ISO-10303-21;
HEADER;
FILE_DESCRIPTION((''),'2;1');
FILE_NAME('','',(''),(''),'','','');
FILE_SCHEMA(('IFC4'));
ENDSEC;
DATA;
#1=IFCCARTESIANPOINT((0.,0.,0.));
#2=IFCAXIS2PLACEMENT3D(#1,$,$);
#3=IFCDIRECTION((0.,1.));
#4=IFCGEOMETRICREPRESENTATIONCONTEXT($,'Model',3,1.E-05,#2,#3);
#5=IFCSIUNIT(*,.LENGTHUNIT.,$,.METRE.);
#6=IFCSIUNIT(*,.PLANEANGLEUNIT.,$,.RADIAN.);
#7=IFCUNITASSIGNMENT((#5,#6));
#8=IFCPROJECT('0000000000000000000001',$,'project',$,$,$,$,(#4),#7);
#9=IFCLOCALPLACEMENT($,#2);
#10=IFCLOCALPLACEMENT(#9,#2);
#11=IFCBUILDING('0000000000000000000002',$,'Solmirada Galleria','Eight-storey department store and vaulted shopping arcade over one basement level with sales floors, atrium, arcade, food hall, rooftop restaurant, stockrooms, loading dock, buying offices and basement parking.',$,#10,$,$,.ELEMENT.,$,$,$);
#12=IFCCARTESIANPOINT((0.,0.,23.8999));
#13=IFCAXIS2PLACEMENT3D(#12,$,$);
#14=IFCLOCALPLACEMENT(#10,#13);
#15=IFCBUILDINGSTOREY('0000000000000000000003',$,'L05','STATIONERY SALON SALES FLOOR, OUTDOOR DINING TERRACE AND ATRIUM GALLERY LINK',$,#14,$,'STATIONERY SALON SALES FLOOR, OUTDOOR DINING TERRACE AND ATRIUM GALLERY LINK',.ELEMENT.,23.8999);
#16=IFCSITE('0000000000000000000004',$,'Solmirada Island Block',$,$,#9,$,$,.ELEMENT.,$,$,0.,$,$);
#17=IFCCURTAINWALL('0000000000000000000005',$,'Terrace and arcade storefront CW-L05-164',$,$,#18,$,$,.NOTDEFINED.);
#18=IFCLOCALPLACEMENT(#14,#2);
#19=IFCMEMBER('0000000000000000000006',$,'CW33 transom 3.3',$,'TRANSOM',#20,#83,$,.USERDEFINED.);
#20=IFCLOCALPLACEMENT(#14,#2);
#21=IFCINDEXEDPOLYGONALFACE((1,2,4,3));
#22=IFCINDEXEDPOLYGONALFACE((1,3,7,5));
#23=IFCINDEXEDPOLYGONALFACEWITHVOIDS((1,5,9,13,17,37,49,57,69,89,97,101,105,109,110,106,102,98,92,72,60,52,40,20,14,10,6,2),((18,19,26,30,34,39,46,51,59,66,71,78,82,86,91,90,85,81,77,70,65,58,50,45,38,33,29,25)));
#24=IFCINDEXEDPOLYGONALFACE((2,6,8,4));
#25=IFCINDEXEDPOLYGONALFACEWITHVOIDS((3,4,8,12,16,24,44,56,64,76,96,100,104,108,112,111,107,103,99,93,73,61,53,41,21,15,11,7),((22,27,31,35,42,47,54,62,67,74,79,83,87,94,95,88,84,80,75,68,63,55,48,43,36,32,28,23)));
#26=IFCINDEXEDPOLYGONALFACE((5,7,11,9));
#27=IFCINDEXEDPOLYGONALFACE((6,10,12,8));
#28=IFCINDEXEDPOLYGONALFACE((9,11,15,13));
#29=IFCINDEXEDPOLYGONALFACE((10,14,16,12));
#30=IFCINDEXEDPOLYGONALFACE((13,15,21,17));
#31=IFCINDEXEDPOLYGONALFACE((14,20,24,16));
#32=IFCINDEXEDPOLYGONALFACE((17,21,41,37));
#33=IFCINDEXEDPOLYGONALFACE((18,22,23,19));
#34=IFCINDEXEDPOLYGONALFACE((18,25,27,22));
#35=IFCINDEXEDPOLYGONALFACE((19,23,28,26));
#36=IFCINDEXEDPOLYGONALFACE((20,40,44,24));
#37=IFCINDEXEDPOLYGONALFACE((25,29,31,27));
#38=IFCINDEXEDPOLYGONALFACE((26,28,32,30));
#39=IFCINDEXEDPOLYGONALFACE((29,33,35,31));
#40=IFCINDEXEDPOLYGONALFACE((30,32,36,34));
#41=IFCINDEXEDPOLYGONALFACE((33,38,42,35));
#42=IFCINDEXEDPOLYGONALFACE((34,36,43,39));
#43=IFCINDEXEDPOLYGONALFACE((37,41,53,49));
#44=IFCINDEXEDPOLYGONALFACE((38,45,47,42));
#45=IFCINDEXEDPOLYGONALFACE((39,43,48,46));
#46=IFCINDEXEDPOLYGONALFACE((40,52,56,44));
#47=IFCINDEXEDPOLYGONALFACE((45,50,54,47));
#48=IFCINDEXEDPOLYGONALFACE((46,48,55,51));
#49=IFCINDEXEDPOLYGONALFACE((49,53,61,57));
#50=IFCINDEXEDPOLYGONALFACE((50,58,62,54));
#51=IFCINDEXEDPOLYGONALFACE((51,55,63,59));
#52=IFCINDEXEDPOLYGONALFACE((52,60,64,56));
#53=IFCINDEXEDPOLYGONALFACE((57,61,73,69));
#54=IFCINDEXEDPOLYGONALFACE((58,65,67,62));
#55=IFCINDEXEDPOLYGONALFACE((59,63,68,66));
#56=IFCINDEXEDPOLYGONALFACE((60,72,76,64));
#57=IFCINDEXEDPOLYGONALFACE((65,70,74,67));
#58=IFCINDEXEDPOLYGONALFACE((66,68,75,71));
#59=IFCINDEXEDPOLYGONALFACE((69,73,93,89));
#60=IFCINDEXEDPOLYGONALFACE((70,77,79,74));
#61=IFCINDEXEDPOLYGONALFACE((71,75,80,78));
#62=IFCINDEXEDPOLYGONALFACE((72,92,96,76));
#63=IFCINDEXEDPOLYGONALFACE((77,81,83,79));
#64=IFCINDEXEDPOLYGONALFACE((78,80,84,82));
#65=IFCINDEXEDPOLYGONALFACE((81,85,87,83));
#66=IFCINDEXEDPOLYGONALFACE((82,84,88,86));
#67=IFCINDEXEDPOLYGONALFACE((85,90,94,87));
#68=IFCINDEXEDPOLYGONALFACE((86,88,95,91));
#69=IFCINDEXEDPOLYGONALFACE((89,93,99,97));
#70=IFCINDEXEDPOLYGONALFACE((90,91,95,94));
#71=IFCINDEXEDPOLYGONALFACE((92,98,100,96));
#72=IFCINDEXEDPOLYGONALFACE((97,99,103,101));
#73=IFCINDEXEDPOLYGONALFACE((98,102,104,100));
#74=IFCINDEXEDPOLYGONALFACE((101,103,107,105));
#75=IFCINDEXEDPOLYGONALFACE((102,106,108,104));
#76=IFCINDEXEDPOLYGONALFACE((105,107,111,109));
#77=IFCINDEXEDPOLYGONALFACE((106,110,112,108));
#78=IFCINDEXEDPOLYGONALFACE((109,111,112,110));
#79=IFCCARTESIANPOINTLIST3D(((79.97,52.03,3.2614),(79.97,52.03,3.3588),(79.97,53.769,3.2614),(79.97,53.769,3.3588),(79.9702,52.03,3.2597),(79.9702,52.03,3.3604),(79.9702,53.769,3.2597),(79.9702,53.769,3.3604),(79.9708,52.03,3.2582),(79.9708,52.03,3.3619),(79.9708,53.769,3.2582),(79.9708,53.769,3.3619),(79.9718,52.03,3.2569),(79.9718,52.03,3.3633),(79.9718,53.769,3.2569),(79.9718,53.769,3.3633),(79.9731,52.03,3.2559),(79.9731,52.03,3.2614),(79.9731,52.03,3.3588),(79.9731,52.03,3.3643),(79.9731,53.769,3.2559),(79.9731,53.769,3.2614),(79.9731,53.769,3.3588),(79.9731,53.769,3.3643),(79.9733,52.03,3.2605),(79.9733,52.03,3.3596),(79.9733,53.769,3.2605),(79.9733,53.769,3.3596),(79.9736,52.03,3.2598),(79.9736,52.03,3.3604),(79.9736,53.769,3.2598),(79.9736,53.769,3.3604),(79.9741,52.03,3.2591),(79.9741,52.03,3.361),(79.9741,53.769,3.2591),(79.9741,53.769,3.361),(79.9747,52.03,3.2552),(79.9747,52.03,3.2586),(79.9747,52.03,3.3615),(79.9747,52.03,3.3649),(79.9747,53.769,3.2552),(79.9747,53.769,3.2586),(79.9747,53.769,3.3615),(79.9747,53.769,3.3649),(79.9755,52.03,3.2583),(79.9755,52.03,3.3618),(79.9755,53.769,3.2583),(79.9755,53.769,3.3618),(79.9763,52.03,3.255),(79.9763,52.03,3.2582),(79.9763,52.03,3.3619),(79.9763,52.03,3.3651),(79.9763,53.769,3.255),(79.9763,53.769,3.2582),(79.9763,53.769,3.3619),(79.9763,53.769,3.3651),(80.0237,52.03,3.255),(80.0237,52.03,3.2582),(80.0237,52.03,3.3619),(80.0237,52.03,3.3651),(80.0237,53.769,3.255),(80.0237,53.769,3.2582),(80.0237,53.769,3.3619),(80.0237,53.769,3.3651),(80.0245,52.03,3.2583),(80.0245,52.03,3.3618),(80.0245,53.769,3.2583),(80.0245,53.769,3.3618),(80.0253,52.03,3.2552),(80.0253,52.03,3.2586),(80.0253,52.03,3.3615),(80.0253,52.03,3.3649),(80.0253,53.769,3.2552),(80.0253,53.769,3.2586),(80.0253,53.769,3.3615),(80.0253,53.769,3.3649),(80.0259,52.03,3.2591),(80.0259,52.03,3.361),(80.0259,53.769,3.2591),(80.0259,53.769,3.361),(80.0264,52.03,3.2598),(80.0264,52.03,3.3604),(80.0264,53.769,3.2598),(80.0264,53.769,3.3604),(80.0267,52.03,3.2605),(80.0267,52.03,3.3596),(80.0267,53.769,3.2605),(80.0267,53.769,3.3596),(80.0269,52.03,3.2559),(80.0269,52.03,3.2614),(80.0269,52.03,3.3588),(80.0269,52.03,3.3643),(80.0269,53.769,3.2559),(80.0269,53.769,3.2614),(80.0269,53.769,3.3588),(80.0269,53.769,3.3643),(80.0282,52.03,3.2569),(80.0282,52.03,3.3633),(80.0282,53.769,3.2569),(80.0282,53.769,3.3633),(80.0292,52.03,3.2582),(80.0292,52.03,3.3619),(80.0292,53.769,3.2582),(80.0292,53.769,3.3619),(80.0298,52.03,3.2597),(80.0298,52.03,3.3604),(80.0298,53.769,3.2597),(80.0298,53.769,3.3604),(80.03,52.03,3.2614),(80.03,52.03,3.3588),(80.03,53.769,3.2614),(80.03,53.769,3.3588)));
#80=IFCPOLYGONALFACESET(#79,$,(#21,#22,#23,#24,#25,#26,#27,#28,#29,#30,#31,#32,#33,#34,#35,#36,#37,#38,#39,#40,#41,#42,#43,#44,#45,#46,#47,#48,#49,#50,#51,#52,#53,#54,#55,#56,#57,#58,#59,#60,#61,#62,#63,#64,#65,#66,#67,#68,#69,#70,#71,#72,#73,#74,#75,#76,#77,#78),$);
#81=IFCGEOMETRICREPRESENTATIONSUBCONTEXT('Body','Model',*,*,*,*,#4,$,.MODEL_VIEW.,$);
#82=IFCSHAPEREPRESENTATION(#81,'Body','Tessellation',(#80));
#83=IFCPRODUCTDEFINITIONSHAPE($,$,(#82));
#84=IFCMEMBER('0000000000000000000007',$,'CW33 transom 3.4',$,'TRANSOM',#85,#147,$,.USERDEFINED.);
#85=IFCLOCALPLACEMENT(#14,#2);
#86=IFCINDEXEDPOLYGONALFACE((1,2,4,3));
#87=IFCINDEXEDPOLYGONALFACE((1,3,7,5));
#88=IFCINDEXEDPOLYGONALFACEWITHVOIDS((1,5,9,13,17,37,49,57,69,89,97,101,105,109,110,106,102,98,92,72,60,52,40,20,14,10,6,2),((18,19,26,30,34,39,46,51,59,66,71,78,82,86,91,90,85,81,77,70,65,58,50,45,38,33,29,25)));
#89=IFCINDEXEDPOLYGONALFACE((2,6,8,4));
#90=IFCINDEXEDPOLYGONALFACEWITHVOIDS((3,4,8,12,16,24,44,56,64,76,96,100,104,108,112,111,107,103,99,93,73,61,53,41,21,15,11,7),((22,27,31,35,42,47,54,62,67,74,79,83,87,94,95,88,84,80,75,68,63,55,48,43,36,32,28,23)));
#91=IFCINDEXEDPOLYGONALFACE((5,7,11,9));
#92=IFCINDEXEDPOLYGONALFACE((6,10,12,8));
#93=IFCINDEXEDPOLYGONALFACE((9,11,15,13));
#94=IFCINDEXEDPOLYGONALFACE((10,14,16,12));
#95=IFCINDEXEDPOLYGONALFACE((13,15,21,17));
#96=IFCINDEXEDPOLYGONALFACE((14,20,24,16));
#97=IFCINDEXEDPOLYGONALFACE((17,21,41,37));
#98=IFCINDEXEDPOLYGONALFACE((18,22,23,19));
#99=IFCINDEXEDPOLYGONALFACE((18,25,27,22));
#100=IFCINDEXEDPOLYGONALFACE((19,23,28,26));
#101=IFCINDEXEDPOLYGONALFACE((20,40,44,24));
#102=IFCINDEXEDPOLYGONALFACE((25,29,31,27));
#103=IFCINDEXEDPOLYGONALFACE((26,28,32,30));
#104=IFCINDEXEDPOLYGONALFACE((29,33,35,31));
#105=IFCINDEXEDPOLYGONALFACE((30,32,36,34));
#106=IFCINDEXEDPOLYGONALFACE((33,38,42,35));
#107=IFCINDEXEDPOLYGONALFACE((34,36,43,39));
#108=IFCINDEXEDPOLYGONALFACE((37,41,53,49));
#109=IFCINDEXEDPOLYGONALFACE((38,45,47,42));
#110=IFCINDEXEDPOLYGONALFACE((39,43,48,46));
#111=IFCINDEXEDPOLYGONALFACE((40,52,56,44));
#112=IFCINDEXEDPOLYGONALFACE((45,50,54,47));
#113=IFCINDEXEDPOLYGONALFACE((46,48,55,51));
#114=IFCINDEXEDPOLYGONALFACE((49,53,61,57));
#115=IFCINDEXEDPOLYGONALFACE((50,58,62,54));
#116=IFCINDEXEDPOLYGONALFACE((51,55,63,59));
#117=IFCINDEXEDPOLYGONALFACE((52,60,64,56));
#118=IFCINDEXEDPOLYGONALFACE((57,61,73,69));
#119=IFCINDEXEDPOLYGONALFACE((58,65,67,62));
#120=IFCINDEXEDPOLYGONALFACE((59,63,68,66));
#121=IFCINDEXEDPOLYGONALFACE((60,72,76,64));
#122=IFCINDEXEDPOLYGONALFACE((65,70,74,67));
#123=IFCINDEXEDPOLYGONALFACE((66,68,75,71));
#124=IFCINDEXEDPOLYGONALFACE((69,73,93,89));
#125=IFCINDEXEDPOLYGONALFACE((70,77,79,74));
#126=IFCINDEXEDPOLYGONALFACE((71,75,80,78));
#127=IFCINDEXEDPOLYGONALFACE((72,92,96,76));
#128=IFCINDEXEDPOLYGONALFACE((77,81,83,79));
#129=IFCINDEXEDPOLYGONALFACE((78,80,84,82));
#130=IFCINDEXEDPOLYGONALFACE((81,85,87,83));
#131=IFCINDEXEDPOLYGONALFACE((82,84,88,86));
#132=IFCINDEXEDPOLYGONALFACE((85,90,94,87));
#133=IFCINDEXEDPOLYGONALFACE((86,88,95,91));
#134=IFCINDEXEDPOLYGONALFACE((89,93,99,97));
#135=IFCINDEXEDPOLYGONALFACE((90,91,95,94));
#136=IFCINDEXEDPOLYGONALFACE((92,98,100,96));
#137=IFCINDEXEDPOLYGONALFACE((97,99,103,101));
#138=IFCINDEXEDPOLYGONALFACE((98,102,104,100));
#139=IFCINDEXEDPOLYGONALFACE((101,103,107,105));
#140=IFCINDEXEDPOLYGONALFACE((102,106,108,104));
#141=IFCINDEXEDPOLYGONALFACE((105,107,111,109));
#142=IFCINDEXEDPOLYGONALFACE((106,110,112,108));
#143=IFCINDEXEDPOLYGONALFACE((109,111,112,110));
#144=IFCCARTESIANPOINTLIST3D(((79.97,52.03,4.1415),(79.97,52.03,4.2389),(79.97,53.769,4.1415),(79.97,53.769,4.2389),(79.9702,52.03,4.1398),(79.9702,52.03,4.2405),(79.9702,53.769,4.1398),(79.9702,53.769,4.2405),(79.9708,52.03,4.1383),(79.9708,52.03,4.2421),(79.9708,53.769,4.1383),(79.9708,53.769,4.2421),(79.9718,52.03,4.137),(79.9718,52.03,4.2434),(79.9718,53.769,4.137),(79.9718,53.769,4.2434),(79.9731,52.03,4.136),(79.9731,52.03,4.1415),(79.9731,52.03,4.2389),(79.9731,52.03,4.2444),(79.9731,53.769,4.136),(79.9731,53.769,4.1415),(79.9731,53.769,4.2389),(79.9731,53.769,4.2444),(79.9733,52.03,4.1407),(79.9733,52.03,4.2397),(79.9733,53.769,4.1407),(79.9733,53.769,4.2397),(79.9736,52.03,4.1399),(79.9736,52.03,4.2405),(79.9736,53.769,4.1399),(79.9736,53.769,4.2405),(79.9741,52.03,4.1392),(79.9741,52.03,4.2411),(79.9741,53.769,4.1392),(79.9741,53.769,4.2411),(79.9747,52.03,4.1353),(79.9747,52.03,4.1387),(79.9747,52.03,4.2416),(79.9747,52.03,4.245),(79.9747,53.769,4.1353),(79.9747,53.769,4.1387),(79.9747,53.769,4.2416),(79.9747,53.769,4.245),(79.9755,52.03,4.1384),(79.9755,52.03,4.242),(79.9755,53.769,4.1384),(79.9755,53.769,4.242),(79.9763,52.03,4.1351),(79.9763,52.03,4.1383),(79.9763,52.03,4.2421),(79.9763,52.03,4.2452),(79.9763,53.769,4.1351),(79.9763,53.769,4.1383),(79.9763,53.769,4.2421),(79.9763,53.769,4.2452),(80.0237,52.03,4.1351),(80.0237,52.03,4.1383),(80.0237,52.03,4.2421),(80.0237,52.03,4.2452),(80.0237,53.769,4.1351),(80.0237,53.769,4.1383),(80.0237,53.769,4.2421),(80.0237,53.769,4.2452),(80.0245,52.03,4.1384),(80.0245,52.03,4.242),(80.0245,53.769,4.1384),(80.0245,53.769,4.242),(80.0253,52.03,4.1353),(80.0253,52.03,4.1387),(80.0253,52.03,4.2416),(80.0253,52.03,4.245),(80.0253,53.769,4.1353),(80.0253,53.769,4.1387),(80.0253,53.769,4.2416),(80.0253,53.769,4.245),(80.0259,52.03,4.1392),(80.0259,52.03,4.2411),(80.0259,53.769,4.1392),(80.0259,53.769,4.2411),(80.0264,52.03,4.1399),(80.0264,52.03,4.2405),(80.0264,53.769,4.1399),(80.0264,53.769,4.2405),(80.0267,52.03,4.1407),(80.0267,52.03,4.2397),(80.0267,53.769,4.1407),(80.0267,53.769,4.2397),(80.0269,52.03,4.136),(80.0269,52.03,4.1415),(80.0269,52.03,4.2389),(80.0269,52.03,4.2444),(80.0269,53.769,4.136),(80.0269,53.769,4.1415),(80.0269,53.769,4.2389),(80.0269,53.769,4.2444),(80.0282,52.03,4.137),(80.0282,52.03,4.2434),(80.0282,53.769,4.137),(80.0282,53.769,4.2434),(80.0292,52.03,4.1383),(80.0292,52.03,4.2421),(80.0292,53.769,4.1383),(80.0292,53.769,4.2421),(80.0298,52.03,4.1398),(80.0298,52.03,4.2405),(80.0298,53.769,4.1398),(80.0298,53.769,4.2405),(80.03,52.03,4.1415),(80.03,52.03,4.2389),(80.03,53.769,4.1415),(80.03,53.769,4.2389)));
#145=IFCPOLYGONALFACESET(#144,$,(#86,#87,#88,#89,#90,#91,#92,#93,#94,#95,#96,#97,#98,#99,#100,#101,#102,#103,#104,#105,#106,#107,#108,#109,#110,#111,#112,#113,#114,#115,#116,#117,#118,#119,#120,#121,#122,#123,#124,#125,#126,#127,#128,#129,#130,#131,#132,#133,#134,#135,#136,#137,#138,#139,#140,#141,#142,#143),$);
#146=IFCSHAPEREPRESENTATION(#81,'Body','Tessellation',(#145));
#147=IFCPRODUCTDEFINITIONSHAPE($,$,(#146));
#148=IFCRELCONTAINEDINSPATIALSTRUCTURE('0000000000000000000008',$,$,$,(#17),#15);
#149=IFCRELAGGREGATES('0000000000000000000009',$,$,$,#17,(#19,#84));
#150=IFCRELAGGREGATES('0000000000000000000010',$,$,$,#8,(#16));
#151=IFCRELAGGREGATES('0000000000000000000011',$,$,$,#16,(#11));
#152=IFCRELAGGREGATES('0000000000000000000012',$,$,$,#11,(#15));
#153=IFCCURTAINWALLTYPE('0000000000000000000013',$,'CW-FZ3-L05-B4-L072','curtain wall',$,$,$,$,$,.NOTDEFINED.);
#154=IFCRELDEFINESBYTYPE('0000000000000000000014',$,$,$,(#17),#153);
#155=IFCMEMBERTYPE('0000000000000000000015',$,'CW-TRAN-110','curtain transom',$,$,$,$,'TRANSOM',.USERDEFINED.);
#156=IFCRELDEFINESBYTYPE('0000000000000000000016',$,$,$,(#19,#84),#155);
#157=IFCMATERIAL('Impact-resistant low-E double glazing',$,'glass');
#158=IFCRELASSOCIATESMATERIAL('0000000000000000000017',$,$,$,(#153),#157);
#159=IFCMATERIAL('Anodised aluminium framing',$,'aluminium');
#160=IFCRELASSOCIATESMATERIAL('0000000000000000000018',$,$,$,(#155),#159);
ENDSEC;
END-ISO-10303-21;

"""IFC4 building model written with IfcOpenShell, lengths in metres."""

from ifc_helpers import new_model, si_unit, direction, frame, origin, origin_2d, place, context, subcontext, project, spatial, hollow_rectangle, extrude, material, material_profile, profile_set, type_object, element, aggregate, save


model = new_model("IFC4")

# Units and contexts
model_context = context("Model", 3, precision=1e-05, world=origin(), true_north=direction((0.0, 1.0)))
body_context = subcontext(model_context, "Body", "Model", "MODEL_VIEW")
ifc_project = project(units=[si_unit("LENGTHUNIT", "METRE"), si_unit("PLANEANGLEUNIT", "RADIAN")], contexts=[model_context])

# Site, building, storey
site_placement = place(None, origin())
site = spatial("IfcSite", under=ifc_project, at=site_placement, Name="Solmirada Island Block", CompositionType="ELEMENT", RefElevation=0.0)
building_placement = place(site_placement, origin())
building = spatial("IfcBuilding", under=site, at=building_placement, Name="Solmirada Galleria", Description="Eight-storey department store and vaulted shopping arcade over one basement level with sales floors, atrium, arcade, food hall, rooftop restaurant, stockrooms, loading dock, buying offices and basement parking.", CompositionType="ELEMENT")
storey_placement = place(building_placement, frame((0.0, 0.0, 23.8999)))
storey = spatial("IfcBuildingStorey", under=building, at=storey_placement, Name="L05", Description="STATIONERY SALON SALES FLOOR, OUTDOOR DINING TERRACE AND ATRIUM GALLERY LINK", LongName="STATIONERY SALON SALES FLOOR, OUTDOOR DINING TERRACE AND ATRIUM GALLERY LINK", CompositionType="ELEMENT", Elevation=23.8999)

# Curtain wall, members
ifc_material_1 = material(Name="Impact-resistant low-E double glazing", Category="glass")
curtain_wall_type = type_object("IfcCurtainWallType", Name="CW-FZ3-L05-B4-L072", Description="curtain wall", PredefinedType="NOTDEFINED", material=ifc_material_1)
curtain_wall_placement = place(storey_placement, origin())
curtain_wall = element("IfcCurtainWall", 1, at=curtain_wall_placement, inside=storey, type_object=curtain_wall_type, Name="Terrace and arcade storefront CW-L05-164", PredefinedType="NOTDEFINED")
ifc_material_2 = material(Name="Anodised aluminium framing", Category="aluminium")
ifc_material_profile_1 = material_profile(ifc_material_2, hollow_rectangle(XDim=0.0601, YDim=0.1101, WallThickness=0.0032, InnerFilletRadius=0.0032, OuterFilletRadius=0.0063, at=origin_2d()), Name="ALU-TRAN-110X60")
ifc_profile_set_1 = profile_set([ifc_material_profile_1], Name="Anodised aluminium framing")
member_type_1 = type_object("IfcMemberType", Name="CW-TRAN-110", Description="curtain transom", ElementType="TRANSOM", PredefinedType="USERDEFINED", material=ifc_profile_set_1)
member_1_placement = place(storey_placement, frame((80.0, 52.03, 3.3101), z_axis=(0.0, 1.0, 0.0), x_axis=(-1.0, 0.0, 0.0)))
member_1 = element("IfcMember", 2, at=member_1_placement, type_object=member_type_1, Name="CW33 transom 3.3", ObjectType="TRANSOM", PredefinedType="USERDEFINED", context=body_context, shape_type="SweptSolid", body=[
    extrude(hollow_rectangle(XDim=0.0601, YDim=0.1101, WallThickness=0.0032, InnerFilletRadius=0.0032, OuterFilletRadius=0.0063, at=origin_2d()), origin(), (0.0, 0.0, 1.0), 1.739),
])
member_2_placement = place(storey_placement, frame((80.0, 52.03, 4.1902), z_axis=(0.0, 1.0, 0.0), x_axis=(-1.0, 0.0, 0.0)))
member_2 = element("IfcMember", 3, at=member_2_placement, type_object=member_type_1, Name="CW33 transom 3.4", ObjectType="TRANSOM", PredefinedType="USERDEFINED", context=body_context, shape_type="SweptSolid", body=[
    extrude(hollow_rectangle(XDim=0.0601, YDim=0.1101, WallThickness=0.0032, InnerFilletRadius=0.0032, OuterFilletRadius=0.0063, at=origin_2d()), origin(), (0.0, 0.0, 1.0), 1.739),
])
aggregate(curtain_wall, [member_1, member_2])

save(model, "model.ifc")
